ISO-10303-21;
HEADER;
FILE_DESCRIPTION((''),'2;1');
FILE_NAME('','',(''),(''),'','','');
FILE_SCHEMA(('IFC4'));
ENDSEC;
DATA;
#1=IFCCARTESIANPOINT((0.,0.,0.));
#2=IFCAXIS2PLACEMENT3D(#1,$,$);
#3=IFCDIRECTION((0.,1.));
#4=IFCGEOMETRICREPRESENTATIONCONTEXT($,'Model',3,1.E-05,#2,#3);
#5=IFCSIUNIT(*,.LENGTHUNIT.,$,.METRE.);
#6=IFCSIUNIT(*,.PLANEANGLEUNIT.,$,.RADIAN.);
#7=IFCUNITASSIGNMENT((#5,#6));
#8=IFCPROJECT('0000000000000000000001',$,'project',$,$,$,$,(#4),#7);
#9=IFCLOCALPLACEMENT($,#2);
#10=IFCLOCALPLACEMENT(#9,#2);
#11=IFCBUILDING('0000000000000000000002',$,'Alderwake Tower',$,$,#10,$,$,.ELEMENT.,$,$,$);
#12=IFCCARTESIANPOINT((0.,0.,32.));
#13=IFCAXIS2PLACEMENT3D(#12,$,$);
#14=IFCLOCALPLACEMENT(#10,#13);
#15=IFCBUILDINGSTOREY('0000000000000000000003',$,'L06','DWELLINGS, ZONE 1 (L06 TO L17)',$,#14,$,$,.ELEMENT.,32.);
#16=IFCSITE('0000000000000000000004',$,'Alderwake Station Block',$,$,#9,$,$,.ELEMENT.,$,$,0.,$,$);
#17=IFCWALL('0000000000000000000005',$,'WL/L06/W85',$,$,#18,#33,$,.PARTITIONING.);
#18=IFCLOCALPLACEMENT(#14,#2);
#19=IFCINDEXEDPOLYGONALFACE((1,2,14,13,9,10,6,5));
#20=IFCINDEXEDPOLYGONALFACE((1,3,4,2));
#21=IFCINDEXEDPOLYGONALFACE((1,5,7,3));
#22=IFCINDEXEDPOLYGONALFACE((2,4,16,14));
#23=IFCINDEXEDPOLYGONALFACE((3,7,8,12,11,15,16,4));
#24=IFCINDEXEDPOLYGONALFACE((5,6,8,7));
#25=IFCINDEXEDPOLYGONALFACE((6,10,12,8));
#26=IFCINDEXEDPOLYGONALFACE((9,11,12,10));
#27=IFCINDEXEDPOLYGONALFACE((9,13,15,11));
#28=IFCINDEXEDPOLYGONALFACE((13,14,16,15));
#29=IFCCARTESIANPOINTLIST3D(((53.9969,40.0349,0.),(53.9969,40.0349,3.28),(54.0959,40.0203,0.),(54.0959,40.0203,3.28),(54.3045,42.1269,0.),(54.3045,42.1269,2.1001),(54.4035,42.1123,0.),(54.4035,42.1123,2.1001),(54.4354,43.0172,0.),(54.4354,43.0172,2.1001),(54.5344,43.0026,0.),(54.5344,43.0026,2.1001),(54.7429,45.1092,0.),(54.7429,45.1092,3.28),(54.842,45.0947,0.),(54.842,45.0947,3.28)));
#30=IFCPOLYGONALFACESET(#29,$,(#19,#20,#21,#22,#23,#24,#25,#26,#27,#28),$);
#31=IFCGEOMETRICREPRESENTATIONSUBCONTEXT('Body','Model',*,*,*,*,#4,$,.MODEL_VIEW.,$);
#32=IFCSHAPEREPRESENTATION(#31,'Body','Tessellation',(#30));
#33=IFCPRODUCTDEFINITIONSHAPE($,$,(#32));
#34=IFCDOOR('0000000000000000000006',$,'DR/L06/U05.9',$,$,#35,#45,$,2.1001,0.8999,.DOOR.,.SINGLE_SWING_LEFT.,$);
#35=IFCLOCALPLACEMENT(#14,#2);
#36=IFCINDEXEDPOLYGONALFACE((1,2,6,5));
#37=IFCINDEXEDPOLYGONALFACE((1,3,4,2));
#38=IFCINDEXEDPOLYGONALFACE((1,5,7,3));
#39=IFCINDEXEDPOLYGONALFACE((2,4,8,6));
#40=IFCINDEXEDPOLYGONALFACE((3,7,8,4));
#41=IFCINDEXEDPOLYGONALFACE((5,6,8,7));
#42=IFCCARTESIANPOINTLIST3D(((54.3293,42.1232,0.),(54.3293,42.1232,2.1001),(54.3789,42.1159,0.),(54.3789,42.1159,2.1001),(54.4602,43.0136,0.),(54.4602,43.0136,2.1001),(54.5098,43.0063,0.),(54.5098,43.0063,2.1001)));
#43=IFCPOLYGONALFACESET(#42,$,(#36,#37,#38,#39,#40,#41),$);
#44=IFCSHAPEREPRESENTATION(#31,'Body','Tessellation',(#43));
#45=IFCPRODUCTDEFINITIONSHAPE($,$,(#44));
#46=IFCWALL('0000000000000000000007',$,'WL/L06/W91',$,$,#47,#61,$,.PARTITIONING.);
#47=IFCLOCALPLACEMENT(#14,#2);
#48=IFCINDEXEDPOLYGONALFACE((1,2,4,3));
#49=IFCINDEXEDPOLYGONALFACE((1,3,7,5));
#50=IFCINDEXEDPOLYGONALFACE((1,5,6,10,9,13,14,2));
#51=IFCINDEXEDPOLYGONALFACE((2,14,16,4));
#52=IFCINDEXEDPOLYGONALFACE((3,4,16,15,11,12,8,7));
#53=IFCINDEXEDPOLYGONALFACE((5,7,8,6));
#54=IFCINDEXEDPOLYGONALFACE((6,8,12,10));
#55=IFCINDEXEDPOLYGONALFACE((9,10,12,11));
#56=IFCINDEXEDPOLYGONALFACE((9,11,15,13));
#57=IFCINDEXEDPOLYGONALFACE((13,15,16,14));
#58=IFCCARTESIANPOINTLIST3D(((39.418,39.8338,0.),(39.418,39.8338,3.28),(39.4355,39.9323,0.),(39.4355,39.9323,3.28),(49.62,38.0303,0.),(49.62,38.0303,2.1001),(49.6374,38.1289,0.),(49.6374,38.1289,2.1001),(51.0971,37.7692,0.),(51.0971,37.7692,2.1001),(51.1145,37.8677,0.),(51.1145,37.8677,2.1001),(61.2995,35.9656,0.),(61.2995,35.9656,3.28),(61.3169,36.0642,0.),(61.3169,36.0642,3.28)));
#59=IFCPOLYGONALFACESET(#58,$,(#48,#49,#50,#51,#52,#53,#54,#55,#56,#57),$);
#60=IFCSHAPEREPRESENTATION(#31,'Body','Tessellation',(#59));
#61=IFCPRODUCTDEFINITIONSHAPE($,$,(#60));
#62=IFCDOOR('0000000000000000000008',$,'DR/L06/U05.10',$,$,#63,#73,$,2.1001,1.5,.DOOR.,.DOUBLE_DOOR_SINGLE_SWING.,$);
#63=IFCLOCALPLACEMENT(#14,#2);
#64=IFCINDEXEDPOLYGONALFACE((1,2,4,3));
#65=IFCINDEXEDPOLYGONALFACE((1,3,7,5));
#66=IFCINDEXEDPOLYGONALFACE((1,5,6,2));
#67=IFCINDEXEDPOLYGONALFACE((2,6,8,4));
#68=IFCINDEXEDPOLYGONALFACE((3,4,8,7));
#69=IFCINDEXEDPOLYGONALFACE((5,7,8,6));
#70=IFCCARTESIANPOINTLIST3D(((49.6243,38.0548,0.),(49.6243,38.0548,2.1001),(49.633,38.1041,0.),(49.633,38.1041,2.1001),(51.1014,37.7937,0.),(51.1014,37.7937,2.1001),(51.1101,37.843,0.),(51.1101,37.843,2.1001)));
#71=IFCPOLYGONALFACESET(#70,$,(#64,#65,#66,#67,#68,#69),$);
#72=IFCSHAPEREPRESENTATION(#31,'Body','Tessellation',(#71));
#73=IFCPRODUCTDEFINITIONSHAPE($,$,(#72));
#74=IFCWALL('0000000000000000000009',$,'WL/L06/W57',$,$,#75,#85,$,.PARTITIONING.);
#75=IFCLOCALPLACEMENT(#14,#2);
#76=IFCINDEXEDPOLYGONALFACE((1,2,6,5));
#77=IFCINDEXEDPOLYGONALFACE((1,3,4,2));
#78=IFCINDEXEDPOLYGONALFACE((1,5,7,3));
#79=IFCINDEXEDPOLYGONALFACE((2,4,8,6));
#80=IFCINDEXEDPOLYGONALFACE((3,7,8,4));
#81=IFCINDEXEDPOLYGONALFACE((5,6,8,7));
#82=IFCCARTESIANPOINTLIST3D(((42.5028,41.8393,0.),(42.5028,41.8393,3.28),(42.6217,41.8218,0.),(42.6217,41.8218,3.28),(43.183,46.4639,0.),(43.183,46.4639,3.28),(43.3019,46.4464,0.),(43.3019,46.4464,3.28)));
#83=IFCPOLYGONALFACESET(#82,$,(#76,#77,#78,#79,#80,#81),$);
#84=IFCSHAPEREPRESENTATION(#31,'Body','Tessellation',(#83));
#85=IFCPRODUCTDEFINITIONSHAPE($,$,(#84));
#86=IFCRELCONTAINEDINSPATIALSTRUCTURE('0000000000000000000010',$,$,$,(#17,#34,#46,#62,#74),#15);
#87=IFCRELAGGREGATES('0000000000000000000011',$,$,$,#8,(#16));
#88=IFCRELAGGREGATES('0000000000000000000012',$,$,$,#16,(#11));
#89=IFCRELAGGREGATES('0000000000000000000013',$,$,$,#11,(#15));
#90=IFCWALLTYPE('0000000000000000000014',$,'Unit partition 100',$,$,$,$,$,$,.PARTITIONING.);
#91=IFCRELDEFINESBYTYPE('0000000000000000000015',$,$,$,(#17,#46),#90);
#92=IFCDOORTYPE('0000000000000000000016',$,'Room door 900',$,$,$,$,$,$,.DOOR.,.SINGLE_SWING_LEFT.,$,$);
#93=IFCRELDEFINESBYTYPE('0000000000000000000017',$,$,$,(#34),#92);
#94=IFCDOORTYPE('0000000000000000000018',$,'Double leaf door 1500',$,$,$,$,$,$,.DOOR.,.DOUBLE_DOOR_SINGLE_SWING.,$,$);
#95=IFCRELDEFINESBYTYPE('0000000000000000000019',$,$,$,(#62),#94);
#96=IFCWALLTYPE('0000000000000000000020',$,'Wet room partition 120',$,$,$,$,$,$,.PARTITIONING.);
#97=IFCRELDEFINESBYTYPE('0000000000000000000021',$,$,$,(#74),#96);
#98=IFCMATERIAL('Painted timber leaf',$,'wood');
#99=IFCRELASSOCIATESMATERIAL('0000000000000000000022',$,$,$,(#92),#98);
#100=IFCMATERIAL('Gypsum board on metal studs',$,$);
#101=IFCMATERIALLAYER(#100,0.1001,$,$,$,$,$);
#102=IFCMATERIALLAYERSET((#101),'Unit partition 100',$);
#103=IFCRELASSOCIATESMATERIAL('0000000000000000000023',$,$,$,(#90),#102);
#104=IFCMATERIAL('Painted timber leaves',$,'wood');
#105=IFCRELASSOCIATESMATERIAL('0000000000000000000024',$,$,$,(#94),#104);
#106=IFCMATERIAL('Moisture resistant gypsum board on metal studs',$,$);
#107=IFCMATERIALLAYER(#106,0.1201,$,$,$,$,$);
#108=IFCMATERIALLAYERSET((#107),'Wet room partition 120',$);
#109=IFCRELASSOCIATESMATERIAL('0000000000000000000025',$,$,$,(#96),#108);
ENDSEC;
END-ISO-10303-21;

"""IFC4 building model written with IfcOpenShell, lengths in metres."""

from ifc_helpers import new_model, si_unit, direction, frame, frame_2d, origin, place, context, subcontext, project, spatial, rectangle, extrude, material, layer, layer_set, type_object, element, fill, save


model = new_model("IFC4")

# Units and contexts
model_context = context("Model", 3, precision=1e-05, world=origin(), true_north=direction((0.0, 1.0)))
body_context = subcontext(model_context, "Body", "Model", "MODEL_VIEW")
ifc_project = project(units=[si_unit("LENGTHUNIT", "METRE"), si_unit("PLANEANGLEUNIT", "RADIAN")], contexts=[model_context])

# Site, building, storey
site_placement = place(None, origin())
site = spatial("IfcSite", under=ifc_project, at=site_placement, Name="Alderwake Station Block", CompositionType="ELEMENT", RefElevation=0.0)
building_placement = place(site_placement, origin())
building = spatial("IfcBuilding", under=site, at=building_placement, Name="Alderwake Tower", CompositionType="ELEMENT")
storey_placement = place(building_placement, frame((0.0, 0.0, 32.0)))
storey = spatial("IfcBuildingStorey", under=building, at=storey_placement, Name="L06", Description="DWELLINGS, ZONE 1 (L06 TO L17)", CompositionType="ELEMENT", Elevation=32.0)

# Shared definitions
ifc_material_1 = material(Name="Painted timber leaf", Category="wood")
door_type_1 = type_object("IfcDoorType", Name="Room door 900", OperationType="SINGLE_SWING_LEFT", PredefinedType="DOOR", material=ifc_material_1)

# Shared definitions
ifc_material_2 = material(Name="Gypsum board on metal studs")
ifc_layer_1 = layer(ifc_material_2, 0.1001)
ifc_layer_set_1 = layer_set([ifc_layer_1], Name="Unit partition 100")
wall_type_1 = type_object("IfcWallType", Name="Unit partition 100", PredefinedType="PARTITIONING", material=ifc_layer_set_1)

# Walls, openings, doors
wall_1_placement = place(storey_placement, frame((54.0464, 40.0276, 0.0), z_axis=(0.0, 0.0, 1.0), x_axis=(0.145465, 0.989363, 0.0)))
wall_1 = element("IfcWall", 1, at=wall_1_placement, inside=storey, type_object=wall_type_1, Name="WL/L06/W85", PredefinedType="PARTITIONING", context=body_context, shape_type="SweptSolid", body=[
    extrude(rectangle(XDim=5.1289, YDim=0.1001, at=frame_2d((2.5645, 0.0))), origin(), (0.0, 0.0, 1.0), 3.28),
])
opening_1_placement = place(wall_1_placement, frame((2.1145, 0.0, 0.0)))
opening_1 = element("IfcOpeningElement", 2, at=opening_1_placement, cuts=wall_1, PredefinedType="OPENING", context=body_context, shape_type="SweptSolid", body=[
    extrude(rectangle(XDim=0.8999, YDim=2.1001, at=frame_2d((0.45, 1.05))), frame((0.0, 0.0601, 0.0), z_axis=(0.0, -1.0, 0.0), x_axis=(1.0, 0.0, 0.0)), (0.0, 0.0, 1.0), 0.1201),
])
door_1_placement = place(opening_1_placement, origin())
door_1 = element("IfcDoor", 3, at=door_1_placement, inside=storey, type_object=door_type_1, Name="DR/L06/U05.9", OperationType="SINGLE_SWING_LEFT", OverallHeight=2.1001, OverallWidth=0.8999, PredefinedType="DOOR", context=body_context, shape_type="SweptSolid", body=[
    extrude(rectangle(XDim=0.8999, YDim=2.1001, at=frame_2d((0.45, 1.05))), frame((0.0, 0.0249, 0.0), z_axis=(0.0, -1.0, 0.0), x_axis=(1.0, 0.0, 0.0)), (0.0, 0.0, 1.0), 0.05),
])
fill(opening_1, door_1)
wall_2_placement = place(storey_placement, frame((39.4268, 39.8831, 0.0), z_axis=(0.0, 0.0, 1.0), x_axis=(0.984732, -0.17408, 0.0)))
wall_2 = element("IfcWall", 4, at=wall_2_placement, inside=storey, type_object=wall_type_1, Name="WL/L06/W91", PredefinedType="PARTITIONING", context=body_context, shape_type="SweptSolid", body=[
    extrude(rectangle(XDim=22.2207, YDim=0.1001, at=frame_2d((11.1104, 0.0))), origin(), (0.0, 0.0, 1.0), 3.28),
])
opening_2_placement = place(wall_2_placement, frame((10.3601, 0.0, 0.0)))
opening_2 = element("IfcOpeningElement", 5, at=opening_2_placement, cuts=wall_2, PredefinedType="OPENING", context=body_context, shape_type="SweptSolid", body=[
    extrude(rectangle(XDim=1.5, YDim=2.1001, at=frame_2d((0.75, 1.05))), frame((0.0, 0.0601, 0.0), z_axis=(0.0, -1.0, 0.0), x_axis=(1.0, 0.0, 0.0)), (0.0, 0.0, 1.0), 0.1201),
])
ifc_material_3 = material(Name="Painted timber leaves", Category="wood")
door_type_2 = type_object("IfcDoorType", Name="Double leaf door 1500", OperationType="DOUBLE_DOOR_SINGLE_SWING", PredefinedType="DOOR", material=ifc_material_3)
door_2_placement = place(opening_2_placement, origin())
door_2 = element("IfcDoor", 6, at=door_2_placement, inside=storey, type_object=door_type_2, Name="DR/L06/U05.10", OperationType="DOUBLE_DOOR_SINGLE_SWING", OverallHeight=2.1001, OverallWidth=1.5, PredefinedType="DOOR", context=body_context, shape_type="SweptSolid", body=[
    extrude(rectangle(XDim=1.5, YDim=2.1001, at=frame_2d((0.75, 1.05))), frame((0.0, 0.0249, 0.0), z_axis=(0.0, -1.0, 0.0), x_axis=(1.0, 0.0, 0.0)), (0.0, 0.0, 1.0), 0.05),
])
fill(opening_2, door_2)

# Wall
ifc_material_4 = material(Name="Moisture resistant gypsum board on metal studs")
ifc_layer_2 = layer(ifc_material_4, 0.1201)
ifc_layer_set_2 = layer_set([ifc_layer_2], Name="Wet room partition 120")
wall_type_2 = type_object("IfcWallType", Name="Wet room partition 120", PredefinedType="PARTITIONING", material=ifc_layer_set_2)
wall_3_placement = place(storey_placement, frame((42.5623, 41.8306, 0.0), z_axis=(0.0, 0.0, 1.0), x_axis=(0.145515, 0.989356, 0.0)))
element("IfcWall", 7, at=wall_3_placement, inside=storey, type_object=wall_type_2, Name="WL/L06/W57", PredefinedType="PARTITIONING", context=body_context, shape_type="SweptSolid", body=[
    extrude(rectangle(XDim=4.6743, YDim=0.1201, at=frame_2d((2.3372, 0.0))), origin(), (0.0, 0.0, 1.0), 3.28),
])

save(model, "model.ifc")
